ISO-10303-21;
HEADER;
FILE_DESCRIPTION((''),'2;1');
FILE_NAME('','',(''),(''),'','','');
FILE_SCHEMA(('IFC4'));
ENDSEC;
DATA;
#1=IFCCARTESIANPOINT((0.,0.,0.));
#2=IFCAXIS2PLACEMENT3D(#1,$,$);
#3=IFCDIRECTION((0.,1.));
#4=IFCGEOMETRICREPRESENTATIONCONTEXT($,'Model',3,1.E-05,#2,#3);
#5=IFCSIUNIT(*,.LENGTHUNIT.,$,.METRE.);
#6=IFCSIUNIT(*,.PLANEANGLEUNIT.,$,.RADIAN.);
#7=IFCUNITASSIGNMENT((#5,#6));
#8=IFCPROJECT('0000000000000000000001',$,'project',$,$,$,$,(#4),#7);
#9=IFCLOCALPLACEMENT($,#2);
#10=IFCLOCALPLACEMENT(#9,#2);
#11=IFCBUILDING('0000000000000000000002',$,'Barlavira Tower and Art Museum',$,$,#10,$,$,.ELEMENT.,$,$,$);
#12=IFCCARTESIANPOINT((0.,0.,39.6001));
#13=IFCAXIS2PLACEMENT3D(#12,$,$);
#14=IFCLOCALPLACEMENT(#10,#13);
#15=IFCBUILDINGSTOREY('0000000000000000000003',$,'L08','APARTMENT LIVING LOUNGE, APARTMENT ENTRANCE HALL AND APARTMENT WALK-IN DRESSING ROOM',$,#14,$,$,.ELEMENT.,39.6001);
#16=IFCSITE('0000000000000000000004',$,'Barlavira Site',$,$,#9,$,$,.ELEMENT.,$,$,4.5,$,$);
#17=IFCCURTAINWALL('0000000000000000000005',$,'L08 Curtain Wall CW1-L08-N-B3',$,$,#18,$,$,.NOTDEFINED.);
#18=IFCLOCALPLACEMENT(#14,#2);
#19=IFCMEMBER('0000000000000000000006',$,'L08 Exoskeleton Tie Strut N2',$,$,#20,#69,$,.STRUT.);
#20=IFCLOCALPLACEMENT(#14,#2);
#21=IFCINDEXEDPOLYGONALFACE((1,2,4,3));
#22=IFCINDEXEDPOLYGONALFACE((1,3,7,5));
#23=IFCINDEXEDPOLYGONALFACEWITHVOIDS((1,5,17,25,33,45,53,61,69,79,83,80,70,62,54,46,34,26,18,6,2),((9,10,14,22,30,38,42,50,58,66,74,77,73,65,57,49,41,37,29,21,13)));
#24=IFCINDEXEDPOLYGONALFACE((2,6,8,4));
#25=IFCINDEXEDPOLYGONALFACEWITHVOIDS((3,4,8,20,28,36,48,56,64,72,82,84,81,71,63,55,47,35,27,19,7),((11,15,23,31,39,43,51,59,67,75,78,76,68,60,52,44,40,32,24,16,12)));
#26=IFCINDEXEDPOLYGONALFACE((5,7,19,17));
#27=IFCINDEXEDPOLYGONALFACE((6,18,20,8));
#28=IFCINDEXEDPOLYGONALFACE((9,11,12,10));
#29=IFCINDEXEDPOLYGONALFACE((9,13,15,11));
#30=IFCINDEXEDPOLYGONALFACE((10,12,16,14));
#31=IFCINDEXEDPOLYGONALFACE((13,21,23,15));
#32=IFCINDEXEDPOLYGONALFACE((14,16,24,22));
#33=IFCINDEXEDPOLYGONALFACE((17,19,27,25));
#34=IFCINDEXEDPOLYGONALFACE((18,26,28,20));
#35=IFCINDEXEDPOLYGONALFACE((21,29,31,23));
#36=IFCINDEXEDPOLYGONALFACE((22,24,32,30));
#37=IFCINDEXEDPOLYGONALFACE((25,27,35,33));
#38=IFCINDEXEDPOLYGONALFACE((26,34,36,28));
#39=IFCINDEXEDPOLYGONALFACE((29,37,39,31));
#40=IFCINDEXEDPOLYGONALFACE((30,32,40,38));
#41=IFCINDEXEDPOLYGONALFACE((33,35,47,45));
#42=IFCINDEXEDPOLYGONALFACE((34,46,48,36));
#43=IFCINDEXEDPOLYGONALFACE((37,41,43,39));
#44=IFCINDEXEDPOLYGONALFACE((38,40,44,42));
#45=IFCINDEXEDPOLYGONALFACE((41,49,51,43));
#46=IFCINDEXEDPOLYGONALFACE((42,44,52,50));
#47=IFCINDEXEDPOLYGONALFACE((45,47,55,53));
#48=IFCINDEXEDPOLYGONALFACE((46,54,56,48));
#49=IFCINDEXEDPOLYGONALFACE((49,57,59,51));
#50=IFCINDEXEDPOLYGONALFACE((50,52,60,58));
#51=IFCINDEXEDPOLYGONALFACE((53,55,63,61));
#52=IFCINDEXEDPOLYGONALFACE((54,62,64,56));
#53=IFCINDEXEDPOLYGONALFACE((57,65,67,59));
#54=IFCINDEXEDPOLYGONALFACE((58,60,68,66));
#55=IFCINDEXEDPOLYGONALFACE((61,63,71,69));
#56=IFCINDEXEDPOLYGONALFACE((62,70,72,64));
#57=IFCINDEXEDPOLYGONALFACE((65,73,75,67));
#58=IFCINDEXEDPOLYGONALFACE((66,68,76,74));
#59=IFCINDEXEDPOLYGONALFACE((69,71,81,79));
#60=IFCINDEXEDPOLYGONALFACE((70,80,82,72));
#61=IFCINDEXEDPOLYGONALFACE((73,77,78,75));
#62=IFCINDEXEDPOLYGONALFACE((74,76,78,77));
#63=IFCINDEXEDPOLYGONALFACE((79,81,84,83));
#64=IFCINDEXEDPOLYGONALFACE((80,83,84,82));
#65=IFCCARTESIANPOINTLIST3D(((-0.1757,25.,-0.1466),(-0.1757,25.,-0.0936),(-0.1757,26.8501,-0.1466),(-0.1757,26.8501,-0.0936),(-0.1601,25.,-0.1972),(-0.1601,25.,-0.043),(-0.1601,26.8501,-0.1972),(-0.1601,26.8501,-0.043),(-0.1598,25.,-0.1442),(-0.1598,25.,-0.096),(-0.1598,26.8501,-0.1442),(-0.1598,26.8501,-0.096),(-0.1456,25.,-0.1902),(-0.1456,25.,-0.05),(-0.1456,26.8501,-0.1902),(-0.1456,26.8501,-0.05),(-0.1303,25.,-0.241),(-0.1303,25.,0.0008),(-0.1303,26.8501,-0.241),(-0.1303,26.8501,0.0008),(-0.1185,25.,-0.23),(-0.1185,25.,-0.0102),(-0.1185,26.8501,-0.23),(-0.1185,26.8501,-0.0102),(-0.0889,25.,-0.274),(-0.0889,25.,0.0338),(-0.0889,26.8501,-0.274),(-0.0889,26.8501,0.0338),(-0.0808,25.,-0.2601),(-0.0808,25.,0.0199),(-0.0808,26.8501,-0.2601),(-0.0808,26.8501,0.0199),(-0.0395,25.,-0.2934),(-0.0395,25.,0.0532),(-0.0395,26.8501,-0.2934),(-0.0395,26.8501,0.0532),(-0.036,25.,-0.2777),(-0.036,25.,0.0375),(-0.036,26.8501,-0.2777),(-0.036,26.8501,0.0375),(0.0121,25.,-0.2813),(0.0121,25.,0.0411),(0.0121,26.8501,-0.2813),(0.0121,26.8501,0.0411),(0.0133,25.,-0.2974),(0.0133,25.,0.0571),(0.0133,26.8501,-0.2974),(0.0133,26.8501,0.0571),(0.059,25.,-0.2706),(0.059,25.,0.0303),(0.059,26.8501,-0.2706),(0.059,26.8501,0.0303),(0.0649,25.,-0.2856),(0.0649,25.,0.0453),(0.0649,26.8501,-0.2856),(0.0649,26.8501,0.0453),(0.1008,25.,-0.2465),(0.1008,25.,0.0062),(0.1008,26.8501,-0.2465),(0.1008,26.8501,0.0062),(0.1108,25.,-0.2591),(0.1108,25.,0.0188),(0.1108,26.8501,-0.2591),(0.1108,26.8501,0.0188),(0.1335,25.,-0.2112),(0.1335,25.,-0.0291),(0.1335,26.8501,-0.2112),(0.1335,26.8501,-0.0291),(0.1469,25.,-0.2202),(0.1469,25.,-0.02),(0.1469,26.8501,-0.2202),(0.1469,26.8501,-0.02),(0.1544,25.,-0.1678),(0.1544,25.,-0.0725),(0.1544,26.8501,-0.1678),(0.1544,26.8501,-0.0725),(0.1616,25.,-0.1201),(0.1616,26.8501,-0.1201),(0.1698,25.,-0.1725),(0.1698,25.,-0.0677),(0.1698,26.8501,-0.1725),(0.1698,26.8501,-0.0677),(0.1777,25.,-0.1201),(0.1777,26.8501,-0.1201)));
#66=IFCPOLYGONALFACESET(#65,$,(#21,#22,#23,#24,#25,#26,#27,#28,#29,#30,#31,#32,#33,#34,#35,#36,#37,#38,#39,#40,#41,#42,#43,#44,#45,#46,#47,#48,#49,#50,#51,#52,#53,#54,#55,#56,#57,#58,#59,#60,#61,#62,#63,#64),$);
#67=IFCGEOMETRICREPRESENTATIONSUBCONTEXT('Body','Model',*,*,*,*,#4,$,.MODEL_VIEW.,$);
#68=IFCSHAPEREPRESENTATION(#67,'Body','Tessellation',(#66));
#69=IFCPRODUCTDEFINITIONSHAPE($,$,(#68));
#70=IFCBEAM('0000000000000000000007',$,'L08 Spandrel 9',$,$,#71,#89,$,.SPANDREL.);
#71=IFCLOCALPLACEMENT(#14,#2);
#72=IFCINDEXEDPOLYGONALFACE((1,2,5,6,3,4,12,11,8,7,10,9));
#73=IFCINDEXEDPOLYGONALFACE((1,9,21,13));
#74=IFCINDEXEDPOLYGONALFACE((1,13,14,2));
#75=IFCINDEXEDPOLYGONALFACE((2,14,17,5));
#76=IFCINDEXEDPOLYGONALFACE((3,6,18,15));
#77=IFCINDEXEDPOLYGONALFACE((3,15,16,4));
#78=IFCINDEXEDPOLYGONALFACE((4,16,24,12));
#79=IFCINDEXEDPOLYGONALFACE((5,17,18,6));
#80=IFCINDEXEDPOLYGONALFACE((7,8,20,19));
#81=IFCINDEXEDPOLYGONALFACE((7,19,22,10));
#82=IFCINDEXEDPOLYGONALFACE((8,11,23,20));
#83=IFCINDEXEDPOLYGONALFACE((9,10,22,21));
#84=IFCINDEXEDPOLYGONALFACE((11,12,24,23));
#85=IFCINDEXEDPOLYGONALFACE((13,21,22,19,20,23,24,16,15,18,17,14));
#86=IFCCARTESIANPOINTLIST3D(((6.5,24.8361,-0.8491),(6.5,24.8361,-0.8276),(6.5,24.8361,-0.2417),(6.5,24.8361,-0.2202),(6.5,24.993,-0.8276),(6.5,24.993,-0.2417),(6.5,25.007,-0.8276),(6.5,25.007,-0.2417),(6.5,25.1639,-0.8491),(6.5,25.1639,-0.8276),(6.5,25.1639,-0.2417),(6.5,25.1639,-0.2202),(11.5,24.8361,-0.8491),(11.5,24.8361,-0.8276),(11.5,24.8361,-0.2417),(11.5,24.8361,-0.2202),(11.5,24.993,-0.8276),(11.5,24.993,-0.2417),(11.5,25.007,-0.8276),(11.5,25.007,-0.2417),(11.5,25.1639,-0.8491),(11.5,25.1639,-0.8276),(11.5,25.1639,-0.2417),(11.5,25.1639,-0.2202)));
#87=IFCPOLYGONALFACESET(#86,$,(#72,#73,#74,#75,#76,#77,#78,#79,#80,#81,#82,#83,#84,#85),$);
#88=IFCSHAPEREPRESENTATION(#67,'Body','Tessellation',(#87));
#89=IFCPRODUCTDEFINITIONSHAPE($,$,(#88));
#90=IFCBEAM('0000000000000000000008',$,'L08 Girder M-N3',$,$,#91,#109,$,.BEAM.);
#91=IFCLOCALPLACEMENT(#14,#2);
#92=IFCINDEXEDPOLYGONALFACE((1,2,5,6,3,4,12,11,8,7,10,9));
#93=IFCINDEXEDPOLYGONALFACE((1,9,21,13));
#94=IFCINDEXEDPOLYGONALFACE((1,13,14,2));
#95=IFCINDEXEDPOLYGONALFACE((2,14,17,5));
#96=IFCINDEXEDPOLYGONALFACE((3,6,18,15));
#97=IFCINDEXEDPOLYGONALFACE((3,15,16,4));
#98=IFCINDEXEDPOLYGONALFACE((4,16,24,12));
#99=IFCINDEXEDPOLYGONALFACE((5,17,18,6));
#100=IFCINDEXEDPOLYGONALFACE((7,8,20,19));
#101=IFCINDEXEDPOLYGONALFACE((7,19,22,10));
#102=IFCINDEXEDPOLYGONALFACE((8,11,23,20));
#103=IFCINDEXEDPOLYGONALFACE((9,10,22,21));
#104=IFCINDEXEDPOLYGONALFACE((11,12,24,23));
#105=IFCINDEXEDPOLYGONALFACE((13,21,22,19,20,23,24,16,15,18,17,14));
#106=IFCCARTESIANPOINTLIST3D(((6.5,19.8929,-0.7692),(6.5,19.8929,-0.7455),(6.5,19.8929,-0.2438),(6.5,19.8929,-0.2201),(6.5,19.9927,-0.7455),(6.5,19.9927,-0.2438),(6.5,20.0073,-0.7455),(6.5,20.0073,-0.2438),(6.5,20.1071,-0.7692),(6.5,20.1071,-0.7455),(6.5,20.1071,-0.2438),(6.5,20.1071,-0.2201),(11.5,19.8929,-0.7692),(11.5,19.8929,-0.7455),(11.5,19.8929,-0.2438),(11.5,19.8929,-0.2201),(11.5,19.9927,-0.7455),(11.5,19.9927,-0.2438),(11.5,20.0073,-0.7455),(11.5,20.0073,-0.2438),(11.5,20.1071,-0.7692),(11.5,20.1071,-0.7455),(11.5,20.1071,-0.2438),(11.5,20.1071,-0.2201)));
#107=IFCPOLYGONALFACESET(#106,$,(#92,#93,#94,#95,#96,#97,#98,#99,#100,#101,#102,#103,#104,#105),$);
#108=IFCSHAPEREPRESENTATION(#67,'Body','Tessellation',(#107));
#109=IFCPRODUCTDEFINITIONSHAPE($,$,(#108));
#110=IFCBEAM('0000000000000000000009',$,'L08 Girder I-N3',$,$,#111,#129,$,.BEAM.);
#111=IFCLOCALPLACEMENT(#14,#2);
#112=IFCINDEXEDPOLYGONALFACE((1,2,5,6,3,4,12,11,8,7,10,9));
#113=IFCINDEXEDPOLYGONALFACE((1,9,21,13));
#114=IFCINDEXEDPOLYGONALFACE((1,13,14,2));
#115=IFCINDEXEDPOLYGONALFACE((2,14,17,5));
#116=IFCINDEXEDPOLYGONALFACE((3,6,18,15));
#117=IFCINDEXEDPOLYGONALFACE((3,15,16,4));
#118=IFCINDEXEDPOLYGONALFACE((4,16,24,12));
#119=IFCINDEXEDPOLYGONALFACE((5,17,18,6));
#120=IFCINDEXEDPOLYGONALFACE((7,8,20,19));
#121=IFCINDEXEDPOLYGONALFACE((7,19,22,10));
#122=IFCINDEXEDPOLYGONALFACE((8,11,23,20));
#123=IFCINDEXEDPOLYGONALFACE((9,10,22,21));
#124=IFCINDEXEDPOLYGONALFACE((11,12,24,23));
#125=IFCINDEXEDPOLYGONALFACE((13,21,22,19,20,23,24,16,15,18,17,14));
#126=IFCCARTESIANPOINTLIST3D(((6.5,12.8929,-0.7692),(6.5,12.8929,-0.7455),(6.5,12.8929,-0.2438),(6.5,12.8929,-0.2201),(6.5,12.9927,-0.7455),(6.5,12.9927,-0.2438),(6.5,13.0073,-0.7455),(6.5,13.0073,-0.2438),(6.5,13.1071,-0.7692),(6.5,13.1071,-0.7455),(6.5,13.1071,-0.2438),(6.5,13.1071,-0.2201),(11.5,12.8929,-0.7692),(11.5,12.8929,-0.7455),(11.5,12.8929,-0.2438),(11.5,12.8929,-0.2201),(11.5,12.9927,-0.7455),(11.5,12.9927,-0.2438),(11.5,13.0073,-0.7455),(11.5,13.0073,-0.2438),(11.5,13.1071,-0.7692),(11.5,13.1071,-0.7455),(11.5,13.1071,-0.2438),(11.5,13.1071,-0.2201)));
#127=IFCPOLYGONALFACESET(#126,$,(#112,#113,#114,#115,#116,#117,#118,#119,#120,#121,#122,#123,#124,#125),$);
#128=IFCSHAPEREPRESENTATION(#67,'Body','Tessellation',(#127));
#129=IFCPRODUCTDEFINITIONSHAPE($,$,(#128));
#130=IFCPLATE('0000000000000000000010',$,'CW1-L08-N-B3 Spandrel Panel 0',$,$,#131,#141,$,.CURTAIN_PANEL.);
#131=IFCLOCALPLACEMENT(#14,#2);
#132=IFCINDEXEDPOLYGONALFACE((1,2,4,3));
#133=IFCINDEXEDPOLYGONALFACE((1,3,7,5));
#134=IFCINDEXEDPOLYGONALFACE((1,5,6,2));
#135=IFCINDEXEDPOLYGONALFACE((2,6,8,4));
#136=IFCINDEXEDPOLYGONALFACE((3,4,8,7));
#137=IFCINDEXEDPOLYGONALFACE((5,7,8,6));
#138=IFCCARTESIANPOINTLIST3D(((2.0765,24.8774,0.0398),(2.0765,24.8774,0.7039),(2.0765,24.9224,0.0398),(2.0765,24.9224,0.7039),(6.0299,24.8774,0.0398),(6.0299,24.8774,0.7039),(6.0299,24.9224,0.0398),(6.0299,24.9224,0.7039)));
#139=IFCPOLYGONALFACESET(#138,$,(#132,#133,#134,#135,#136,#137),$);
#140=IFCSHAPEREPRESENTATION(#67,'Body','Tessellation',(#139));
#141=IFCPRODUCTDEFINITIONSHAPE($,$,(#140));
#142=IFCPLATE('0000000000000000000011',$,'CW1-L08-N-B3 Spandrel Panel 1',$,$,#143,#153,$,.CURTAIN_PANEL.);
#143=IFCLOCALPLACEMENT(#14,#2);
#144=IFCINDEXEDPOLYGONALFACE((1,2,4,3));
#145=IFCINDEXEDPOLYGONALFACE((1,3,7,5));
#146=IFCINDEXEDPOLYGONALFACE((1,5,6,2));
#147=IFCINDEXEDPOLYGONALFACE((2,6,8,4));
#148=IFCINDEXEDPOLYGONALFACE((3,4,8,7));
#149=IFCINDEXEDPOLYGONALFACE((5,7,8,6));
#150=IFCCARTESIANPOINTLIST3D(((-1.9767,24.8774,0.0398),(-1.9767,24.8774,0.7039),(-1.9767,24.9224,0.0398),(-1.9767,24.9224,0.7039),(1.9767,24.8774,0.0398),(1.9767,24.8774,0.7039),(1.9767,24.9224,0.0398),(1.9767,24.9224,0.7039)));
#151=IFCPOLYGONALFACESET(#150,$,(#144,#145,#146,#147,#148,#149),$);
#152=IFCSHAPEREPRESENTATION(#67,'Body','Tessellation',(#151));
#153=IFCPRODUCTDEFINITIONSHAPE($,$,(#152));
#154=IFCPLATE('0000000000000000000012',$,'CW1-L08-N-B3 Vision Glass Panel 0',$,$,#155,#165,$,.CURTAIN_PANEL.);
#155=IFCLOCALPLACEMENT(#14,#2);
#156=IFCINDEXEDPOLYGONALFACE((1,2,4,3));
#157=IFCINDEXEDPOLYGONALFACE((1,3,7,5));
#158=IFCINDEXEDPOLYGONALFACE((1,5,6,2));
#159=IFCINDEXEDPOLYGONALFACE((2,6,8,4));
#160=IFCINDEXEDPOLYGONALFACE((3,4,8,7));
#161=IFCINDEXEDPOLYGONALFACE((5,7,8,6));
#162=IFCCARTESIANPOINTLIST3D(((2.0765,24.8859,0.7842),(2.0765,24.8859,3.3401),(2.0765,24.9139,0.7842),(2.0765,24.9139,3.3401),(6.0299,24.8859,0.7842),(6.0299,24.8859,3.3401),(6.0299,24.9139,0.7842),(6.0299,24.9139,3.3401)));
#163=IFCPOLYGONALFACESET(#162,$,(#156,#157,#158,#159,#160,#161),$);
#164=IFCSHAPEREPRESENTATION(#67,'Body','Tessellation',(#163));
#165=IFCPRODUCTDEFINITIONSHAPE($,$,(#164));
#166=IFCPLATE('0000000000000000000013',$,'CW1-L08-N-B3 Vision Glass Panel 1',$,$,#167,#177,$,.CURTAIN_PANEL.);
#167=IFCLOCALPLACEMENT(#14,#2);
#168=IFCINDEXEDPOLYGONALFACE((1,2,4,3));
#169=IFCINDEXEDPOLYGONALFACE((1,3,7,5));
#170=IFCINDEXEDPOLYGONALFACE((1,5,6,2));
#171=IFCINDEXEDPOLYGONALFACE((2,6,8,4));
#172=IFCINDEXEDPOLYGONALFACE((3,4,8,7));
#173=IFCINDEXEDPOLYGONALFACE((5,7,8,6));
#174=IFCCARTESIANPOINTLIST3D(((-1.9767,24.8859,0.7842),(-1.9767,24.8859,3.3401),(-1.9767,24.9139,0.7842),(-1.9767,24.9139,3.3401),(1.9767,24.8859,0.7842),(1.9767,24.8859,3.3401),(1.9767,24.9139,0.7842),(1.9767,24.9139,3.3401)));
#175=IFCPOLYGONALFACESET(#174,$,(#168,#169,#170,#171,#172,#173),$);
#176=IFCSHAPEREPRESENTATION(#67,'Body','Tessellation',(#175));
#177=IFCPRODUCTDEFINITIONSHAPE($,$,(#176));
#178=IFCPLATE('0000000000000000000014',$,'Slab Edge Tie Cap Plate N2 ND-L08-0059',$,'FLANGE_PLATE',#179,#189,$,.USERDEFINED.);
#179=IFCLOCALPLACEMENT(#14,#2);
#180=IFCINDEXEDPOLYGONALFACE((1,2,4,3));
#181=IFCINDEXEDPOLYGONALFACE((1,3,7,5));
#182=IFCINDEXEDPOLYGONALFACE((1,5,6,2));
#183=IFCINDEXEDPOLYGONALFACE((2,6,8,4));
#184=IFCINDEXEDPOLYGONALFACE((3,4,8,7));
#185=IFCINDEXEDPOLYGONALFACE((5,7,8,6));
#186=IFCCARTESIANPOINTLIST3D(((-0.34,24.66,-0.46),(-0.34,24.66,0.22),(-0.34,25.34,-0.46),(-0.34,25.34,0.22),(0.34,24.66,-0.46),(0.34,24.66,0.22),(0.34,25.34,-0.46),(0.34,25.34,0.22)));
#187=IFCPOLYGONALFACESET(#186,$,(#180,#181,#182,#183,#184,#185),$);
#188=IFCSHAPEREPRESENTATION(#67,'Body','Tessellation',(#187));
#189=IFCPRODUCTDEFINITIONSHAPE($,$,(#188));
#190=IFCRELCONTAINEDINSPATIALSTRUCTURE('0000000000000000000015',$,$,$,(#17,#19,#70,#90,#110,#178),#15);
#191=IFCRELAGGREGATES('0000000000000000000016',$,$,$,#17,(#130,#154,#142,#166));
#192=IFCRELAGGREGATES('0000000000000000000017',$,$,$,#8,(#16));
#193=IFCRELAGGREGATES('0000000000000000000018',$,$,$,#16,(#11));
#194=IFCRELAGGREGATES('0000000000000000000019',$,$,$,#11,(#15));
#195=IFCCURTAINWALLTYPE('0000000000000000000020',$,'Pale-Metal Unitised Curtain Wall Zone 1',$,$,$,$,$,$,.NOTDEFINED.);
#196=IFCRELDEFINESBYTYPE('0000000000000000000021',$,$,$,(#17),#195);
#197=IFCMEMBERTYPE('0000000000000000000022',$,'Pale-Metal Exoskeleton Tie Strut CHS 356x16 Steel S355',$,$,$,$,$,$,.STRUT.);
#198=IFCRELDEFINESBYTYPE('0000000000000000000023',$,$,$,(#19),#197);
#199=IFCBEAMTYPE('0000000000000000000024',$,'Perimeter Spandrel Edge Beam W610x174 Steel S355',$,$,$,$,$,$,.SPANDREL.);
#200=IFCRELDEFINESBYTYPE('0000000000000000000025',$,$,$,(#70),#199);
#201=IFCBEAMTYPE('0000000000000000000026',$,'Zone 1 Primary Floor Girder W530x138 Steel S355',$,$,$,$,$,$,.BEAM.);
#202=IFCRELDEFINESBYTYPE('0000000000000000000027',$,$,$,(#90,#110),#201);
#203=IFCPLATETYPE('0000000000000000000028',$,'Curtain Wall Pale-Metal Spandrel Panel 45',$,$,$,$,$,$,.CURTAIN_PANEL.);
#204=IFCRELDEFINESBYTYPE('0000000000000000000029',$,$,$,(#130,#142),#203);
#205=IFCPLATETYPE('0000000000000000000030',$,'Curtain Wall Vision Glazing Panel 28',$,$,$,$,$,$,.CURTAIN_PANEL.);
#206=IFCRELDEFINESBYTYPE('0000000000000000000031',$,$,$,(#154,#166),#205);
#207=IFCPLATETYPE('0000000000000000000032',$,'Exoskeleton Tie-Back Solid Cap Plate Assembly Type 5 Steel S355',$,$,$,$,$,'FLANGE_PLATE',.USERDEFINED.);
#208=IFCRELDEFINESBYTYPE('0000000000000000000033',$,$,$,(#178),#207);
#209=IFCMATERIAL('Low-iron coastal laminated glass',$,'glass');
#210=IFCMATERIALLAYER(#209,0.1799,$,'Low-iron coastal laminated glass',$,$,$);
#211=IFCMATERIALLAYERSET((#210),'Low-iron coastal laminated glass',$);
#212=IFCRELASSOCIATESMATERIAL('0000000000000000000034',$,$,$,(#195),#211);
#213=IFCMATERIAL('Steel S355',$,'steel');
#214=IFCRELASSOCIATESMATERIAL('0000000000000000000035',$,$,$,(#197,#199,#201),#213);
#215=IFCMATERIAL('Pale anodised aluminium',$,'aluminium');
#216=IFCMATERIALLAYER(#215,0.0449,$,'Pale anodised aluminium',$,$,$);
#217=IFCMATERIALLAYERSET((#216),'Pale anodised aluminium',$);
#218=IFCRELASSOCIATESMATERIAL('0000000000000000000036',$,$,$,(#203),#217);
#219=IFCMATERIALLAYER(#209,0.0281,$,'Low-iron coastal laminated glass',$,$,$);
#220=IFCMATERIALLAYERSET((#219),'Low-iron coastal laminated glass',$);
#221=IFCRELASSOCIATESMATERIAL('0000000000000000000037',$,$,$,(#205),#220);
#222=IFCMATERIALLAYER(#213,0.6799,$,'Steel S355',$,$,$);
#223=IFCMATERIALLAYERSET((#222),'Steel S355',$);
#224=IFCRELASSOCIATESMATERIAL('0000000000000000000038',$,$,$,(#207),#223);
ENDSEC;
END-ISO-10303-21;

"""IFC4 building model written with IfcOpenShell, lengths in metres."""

from ifc_helpers import new_model, si_unit, direction, frame, origin, origin_2d, place, context, subcontext, project, spatial, rectangle, hollow_circle, i_section, extrude, material, layer, layer_set, material_profile, profile_set, type_object, element, aggregate, save


model = new_model("IFC4")

# Units and contexts
model_context = context("Model", 3, precision=1e-05, world=origin(), true_north=direction((0.0, 1.0)))
body_context = subcontext(model_context, "Body", "Model", "MODEL_VIEW")
ifc_project = project(units=[si_unit("LENGTHUNIT", "METRE"), si_unit("PLANEANGLEUNIT", "RADIAN")], contexts=[model_context])

# Site, building, storey
site_placement = place(None, origin())
site = spatial("IfcSite", under=ifc_project, at=site_placement, Name="Barlavira Site", CompositionType="ELEMENT", RefElevation=4.5)
building_placement = place(site_placement, origin())
building = spatial("IfcBuilding", under=site, at=building_placement, Name="Barlavira Tower and Art Museum", CompositionType="ELEMENT")
storey_placement = place(building_placement, frame((0.0, 0.0, 39.6001)))
storey = spatial("IfcBuildingStorey", under=building, at=storey_placement, Name="L08", Description="APARTMENT LIVING LOUNGE, APARTMENT ENTRANCE HALL AND APARTMENT WALK-IN DRESSING ROOM", CompositionType="ELEMENT", Elevation=39.6001)

# Curtain wall
ifc_material_1 = material(Name="Low-iron coastal laminated glass", Category="glass")
ifc_layer_1 = layer(ifc_material_1, 0.1799, Name="Low-iron coastal laminated glass")
ifc_layer_set_1 = layer_set([ifc_layer_1], Name="Low-iron coastal laminated glass")
curtain_wall_type = type_object("IfcCurtainWallType", Name="Pale-Metal Unitised Curtain Wall Zone 1", PredefinedType="NOTDEFINED", material=ifc_layer_set_1)
curtain_wall_placement = place(storey_placement, origin())
curtain_wall = element("IfcCurtainWall", 1, at=curtain_wall_placement, inside=storey, type_object=curtain_wall_type, Name="L08 Curtain Wall CW1-L08-N-B3", PredefinedType="NOTDEFINED")
ifc_material_2 = material(Name="Pale anodised aluminium", Category="aluminium")

# Member
ifc_material_3 = material(Name="Steel S355", Category="steel")
ifc_material_profile_1 = material_profile(ifc_material_3, hollow_circle(Radius=0.1777, WallThickness=0.0161, at=origin_2d()), Name="CHS 355.6x16.0")
ifc_profile_set_1 = profile_set([ifc_material_profile_1], Name="Steel S355")
member_type_1 = type_object("IfcMemberType", Name="Pale-Metal Exoskeleton Tie Strut CHS 356x16 Steel S355", PredefinedType="STRUT", material=ifc_profile_set_1)
member_1_placement = place(storey_placement, frame((0.0, 26.8501, -0.1201), z_axis=(0.0, -1.0, 0.0), x_axis=(1.0, 0.0, 0.0)))
element("IfcMember", 2, at=member_1_placement, inside=storey, type_object=member_type_1, Name="L08 Exoskeleton Tie Strut N2", PredefinedType="STRUT", context=body_context, shape_type="SweptSolid", body=[
    extrude(hollow_circle(Radius=0.1777, WallThickness=0.0161, at=origin_2d()), origin(), (0.0, 0.0, 1.0), 1.8501),
])

# Beams
ifc_material_profile_2 = material_profile(ifc_material_3, i_section(OverallWidth=0.3279, OverallDepth=0.6289, WebThickness=0.0139, FlangeThickness=0.0215, at=origin_2d()), Name="W610x174.0")
ifc_profile_set_2 = profile_set([ifc_material_profile_2], Name="Steel S355")
beam_type_1 = type_object("IfcBeamType", Name="Perimeter Spandrel Edge Beam W610x174 Steel S355", PredefinedType="SPANDREL", material=ifc_profile_set_2)
beam_placement = place(storey_placement, frame((6.5, 25.0, -0.5347), z_axis=(1.0, 0.0, 0.0), x_axis=(0.0, 1.0, 0.0)))
element("IfcBeam", 3, at=beam_placement, inside=storey, type_object=beam_type_1, Name="L08 Spandrel 9", PredefinedType="SPANDREL", context=body_context, shape_type="SweptSolid", body=[
    extrude(i_section(OverallWidth=0.3279, OverallDepth=0.6289, WebThickness=0.0139, FlangeThickness=0.0215, at=origin_2d()), origin(), (0.0, 0.0, 1.0), 5.0),
])
ifc_material_profile_3 = material_profile(ifc_material_3, i_section(OverallWidth=0.2141, OverallDepth=0.5491, WebThickness=0.0146, FlangeThickness=0.0237, at=origin_2d()), Name="W530x138.0")
ifc_profile_set_3 = profile_set([ifc_material_profile_3], Name="Steel S355")
beam_type_2 = type_object("IfcBeamType", Name="Zone 1 Primary Floor Girder W530x138 Steel S355", PredefinedType="BEAM", material=ifc_profile_set_3)
for number, where, z_axis, x_axis, name in (
    (4, (6.5, 20.0, -0.4946), (1.0, 0.0, 0.0), (0.0, 1.0, 0.0), "L08 Girder M-N3"),
    (5, (6.5, 13.0, -0.4946), (1.0, 0.0, 0.0), (0.0, 1.0, 0.0), "L08 Girder I-N3"),
):
    element("IfcBeam", number, at=place(storey_placement, frame(where, z_axis=z_axis, x_axis=x_axis)), inside=storey, type_object=beam_type_2, Name=name, PredefinedType="BEAM", context=body_context, shape_type="SweptSolid", body=[
        extrude(i_section(OverallWidth=0.2141, OverallDepth=0.5491, WebThickness=0.0146, FlangeThickness=0.0237, at=origin_2d()), origin(), (0.0, 0.0, 1.0), 5.0),
    ])

# Plates
ifc_layer_2 = layer(ifc_material_2, 0.0449, Name="Pale anodised aluminium")
ifc_layer_set_2 = layer_set([ifc_layer_2], Name="Pale anodised aluminium")
plate_type_1 = type_object("IfcPlateType", Name="Curtain Wall Pale-Metal Spandrel Panel 45", PredefinedType="CURTAIN_PANEL", material=ifc_layer_set_2)
plate_1_placement = place(storey_placement, frame((4.0532, 24.8999, 0.0398), z_axis=(0.0, 0.0, 1.0), x_axis=(-1.0, 0.0, 0.0)))
plate_1 = element("IfcPlate", 6, at=plate_1_placement, type_object=plate_type_1, Name="CW1-L08-N-B3 Spandrel Panel 0", PredefinedType="CURTAIN_PANEL", context=body_context, shape_type="SweptSolid", body=[
    extrude(rectangle(XDim=3.9534, YDim=0.0449, at=origin_2d()), origin(), (0.0, 0.0, 1.0), 0.6641),
])
plate_2_placement = place(storey_placement, frame((0.0, 24.8999, 0.0398), z_axis=(0.0, 0.0, 1.0), x_axis=(-1.0, 0.0, 0.0)))
plate_2 = element("IfcPlate", 7, at=plate_2_placement, type_object=plate_type_1, Name="CW1-L08-N-B3 Spandrel Panel 1", PredefinedType="CURTAIN_PANEL", context=body_context, shape_type="SweptSolid", body=[
    extrude(rectangle(XDim=3.9534, YDim=0.0449, at=origin_2d()), origin(), (0.0, 0.0, 1.0), 0.6641),
])
ifc_layer_3 = layer(ifc_material_1, 0.0281, Name="Low-iron coastal laminated glass")
ifc_layer_set_3 = layer_set([ifc_layer_3], Name="Low-iron coastal laminated glass")
plate_type_2 = type_object("IfcPlateType", Name="Curtain Wall Vision Glazing Panel 28", PredefinedType="CURTAIN_PANEL", material=ifc_layer_set_3)
plate_3_placement = place(storey_placement, frame((4.0532, 24.8999, 0.7842), z_axis=(0.0, 0.0, 1.0), x_axis=(-1.0, 0.0, 0.0)))
plate_3 = element("IfcPlate", 8, at=plate_3_placement, type_object=plate_type_2, Name="CW1-L08-N-B3 Vision Glass Panel 0", PredefinedType="CURTAIN_PANEL", context=body_context, shape_type="SweptSolid", body=[
    extrude(rectangle(XDim=3.9534, YDim=0.0281, at=origin_2d()), origin(), (0.0, 0.0, 1.0), 2.5559),
])
plate_4_placement = place(storey_placement, frame((0.0, 24.8999, 0.7842), z_axis=(0.0, 0.0, 1.0), x_axis=(-1.0, 0.0, 0.0)))
plate_4 = element("IfcPlate", 9, at=plate_4_placement, type_object=plate_type_2, Name="CW1-L08-N-B3 Vision Glass Panel 1", PredefinedType="CURTAIN_PANEL", context=body_context, shape_type="SweptSolid", body=[
    extrude(rectangle(XDim=3.9534, YDim=0.0281, at=origin_2d()), origin(), (0.0, 0.0, 1.0), 2.5559),
])
aggregate(curtain_wall, [plate_1, plate_3, plate_2, plate_4])
ifc_layer_4 = layer(ifc_material_3, 0.6799, Name="Steel S355")
ifc_layer_set_4 = layer_set([ifc_layer_4], Name="Steel S355")
plate_type_3 = type_object("IfcPlateType", Name="Exoskeleton Tie-Back Solid Cap Plate Assembly Type 5 Steel S355", ElementType="FLANGE_PLATE", PredefinedType="USERDEFINED", material=ifc_layer_set_4)
plate_5_placement = place(storey_placement, frame((0.0, 25.0, -0.46), z_axis=(0.0, 0.0, 1.0), x_axis=(1.0, 0.0, 0.0)))
element("IfcPlate", 10, at=plate_5_placement, inside=storey, type_object=plate_type_3, Name="Slab Edge Tie Cap Plate N2 ND-L08-0059", ObjectType="FLANGE_PLATE", PredefinedType="USERDEFINED", context=body_context, shape_type="SweptSolid", body=[
    extrude(rectangle(XDim=0.6799, YDim=0.6799, at=origin_2d()), origin(), (0.0, 0.0, 1.0), 0.6799),
])

save(model, "model.ifc")
